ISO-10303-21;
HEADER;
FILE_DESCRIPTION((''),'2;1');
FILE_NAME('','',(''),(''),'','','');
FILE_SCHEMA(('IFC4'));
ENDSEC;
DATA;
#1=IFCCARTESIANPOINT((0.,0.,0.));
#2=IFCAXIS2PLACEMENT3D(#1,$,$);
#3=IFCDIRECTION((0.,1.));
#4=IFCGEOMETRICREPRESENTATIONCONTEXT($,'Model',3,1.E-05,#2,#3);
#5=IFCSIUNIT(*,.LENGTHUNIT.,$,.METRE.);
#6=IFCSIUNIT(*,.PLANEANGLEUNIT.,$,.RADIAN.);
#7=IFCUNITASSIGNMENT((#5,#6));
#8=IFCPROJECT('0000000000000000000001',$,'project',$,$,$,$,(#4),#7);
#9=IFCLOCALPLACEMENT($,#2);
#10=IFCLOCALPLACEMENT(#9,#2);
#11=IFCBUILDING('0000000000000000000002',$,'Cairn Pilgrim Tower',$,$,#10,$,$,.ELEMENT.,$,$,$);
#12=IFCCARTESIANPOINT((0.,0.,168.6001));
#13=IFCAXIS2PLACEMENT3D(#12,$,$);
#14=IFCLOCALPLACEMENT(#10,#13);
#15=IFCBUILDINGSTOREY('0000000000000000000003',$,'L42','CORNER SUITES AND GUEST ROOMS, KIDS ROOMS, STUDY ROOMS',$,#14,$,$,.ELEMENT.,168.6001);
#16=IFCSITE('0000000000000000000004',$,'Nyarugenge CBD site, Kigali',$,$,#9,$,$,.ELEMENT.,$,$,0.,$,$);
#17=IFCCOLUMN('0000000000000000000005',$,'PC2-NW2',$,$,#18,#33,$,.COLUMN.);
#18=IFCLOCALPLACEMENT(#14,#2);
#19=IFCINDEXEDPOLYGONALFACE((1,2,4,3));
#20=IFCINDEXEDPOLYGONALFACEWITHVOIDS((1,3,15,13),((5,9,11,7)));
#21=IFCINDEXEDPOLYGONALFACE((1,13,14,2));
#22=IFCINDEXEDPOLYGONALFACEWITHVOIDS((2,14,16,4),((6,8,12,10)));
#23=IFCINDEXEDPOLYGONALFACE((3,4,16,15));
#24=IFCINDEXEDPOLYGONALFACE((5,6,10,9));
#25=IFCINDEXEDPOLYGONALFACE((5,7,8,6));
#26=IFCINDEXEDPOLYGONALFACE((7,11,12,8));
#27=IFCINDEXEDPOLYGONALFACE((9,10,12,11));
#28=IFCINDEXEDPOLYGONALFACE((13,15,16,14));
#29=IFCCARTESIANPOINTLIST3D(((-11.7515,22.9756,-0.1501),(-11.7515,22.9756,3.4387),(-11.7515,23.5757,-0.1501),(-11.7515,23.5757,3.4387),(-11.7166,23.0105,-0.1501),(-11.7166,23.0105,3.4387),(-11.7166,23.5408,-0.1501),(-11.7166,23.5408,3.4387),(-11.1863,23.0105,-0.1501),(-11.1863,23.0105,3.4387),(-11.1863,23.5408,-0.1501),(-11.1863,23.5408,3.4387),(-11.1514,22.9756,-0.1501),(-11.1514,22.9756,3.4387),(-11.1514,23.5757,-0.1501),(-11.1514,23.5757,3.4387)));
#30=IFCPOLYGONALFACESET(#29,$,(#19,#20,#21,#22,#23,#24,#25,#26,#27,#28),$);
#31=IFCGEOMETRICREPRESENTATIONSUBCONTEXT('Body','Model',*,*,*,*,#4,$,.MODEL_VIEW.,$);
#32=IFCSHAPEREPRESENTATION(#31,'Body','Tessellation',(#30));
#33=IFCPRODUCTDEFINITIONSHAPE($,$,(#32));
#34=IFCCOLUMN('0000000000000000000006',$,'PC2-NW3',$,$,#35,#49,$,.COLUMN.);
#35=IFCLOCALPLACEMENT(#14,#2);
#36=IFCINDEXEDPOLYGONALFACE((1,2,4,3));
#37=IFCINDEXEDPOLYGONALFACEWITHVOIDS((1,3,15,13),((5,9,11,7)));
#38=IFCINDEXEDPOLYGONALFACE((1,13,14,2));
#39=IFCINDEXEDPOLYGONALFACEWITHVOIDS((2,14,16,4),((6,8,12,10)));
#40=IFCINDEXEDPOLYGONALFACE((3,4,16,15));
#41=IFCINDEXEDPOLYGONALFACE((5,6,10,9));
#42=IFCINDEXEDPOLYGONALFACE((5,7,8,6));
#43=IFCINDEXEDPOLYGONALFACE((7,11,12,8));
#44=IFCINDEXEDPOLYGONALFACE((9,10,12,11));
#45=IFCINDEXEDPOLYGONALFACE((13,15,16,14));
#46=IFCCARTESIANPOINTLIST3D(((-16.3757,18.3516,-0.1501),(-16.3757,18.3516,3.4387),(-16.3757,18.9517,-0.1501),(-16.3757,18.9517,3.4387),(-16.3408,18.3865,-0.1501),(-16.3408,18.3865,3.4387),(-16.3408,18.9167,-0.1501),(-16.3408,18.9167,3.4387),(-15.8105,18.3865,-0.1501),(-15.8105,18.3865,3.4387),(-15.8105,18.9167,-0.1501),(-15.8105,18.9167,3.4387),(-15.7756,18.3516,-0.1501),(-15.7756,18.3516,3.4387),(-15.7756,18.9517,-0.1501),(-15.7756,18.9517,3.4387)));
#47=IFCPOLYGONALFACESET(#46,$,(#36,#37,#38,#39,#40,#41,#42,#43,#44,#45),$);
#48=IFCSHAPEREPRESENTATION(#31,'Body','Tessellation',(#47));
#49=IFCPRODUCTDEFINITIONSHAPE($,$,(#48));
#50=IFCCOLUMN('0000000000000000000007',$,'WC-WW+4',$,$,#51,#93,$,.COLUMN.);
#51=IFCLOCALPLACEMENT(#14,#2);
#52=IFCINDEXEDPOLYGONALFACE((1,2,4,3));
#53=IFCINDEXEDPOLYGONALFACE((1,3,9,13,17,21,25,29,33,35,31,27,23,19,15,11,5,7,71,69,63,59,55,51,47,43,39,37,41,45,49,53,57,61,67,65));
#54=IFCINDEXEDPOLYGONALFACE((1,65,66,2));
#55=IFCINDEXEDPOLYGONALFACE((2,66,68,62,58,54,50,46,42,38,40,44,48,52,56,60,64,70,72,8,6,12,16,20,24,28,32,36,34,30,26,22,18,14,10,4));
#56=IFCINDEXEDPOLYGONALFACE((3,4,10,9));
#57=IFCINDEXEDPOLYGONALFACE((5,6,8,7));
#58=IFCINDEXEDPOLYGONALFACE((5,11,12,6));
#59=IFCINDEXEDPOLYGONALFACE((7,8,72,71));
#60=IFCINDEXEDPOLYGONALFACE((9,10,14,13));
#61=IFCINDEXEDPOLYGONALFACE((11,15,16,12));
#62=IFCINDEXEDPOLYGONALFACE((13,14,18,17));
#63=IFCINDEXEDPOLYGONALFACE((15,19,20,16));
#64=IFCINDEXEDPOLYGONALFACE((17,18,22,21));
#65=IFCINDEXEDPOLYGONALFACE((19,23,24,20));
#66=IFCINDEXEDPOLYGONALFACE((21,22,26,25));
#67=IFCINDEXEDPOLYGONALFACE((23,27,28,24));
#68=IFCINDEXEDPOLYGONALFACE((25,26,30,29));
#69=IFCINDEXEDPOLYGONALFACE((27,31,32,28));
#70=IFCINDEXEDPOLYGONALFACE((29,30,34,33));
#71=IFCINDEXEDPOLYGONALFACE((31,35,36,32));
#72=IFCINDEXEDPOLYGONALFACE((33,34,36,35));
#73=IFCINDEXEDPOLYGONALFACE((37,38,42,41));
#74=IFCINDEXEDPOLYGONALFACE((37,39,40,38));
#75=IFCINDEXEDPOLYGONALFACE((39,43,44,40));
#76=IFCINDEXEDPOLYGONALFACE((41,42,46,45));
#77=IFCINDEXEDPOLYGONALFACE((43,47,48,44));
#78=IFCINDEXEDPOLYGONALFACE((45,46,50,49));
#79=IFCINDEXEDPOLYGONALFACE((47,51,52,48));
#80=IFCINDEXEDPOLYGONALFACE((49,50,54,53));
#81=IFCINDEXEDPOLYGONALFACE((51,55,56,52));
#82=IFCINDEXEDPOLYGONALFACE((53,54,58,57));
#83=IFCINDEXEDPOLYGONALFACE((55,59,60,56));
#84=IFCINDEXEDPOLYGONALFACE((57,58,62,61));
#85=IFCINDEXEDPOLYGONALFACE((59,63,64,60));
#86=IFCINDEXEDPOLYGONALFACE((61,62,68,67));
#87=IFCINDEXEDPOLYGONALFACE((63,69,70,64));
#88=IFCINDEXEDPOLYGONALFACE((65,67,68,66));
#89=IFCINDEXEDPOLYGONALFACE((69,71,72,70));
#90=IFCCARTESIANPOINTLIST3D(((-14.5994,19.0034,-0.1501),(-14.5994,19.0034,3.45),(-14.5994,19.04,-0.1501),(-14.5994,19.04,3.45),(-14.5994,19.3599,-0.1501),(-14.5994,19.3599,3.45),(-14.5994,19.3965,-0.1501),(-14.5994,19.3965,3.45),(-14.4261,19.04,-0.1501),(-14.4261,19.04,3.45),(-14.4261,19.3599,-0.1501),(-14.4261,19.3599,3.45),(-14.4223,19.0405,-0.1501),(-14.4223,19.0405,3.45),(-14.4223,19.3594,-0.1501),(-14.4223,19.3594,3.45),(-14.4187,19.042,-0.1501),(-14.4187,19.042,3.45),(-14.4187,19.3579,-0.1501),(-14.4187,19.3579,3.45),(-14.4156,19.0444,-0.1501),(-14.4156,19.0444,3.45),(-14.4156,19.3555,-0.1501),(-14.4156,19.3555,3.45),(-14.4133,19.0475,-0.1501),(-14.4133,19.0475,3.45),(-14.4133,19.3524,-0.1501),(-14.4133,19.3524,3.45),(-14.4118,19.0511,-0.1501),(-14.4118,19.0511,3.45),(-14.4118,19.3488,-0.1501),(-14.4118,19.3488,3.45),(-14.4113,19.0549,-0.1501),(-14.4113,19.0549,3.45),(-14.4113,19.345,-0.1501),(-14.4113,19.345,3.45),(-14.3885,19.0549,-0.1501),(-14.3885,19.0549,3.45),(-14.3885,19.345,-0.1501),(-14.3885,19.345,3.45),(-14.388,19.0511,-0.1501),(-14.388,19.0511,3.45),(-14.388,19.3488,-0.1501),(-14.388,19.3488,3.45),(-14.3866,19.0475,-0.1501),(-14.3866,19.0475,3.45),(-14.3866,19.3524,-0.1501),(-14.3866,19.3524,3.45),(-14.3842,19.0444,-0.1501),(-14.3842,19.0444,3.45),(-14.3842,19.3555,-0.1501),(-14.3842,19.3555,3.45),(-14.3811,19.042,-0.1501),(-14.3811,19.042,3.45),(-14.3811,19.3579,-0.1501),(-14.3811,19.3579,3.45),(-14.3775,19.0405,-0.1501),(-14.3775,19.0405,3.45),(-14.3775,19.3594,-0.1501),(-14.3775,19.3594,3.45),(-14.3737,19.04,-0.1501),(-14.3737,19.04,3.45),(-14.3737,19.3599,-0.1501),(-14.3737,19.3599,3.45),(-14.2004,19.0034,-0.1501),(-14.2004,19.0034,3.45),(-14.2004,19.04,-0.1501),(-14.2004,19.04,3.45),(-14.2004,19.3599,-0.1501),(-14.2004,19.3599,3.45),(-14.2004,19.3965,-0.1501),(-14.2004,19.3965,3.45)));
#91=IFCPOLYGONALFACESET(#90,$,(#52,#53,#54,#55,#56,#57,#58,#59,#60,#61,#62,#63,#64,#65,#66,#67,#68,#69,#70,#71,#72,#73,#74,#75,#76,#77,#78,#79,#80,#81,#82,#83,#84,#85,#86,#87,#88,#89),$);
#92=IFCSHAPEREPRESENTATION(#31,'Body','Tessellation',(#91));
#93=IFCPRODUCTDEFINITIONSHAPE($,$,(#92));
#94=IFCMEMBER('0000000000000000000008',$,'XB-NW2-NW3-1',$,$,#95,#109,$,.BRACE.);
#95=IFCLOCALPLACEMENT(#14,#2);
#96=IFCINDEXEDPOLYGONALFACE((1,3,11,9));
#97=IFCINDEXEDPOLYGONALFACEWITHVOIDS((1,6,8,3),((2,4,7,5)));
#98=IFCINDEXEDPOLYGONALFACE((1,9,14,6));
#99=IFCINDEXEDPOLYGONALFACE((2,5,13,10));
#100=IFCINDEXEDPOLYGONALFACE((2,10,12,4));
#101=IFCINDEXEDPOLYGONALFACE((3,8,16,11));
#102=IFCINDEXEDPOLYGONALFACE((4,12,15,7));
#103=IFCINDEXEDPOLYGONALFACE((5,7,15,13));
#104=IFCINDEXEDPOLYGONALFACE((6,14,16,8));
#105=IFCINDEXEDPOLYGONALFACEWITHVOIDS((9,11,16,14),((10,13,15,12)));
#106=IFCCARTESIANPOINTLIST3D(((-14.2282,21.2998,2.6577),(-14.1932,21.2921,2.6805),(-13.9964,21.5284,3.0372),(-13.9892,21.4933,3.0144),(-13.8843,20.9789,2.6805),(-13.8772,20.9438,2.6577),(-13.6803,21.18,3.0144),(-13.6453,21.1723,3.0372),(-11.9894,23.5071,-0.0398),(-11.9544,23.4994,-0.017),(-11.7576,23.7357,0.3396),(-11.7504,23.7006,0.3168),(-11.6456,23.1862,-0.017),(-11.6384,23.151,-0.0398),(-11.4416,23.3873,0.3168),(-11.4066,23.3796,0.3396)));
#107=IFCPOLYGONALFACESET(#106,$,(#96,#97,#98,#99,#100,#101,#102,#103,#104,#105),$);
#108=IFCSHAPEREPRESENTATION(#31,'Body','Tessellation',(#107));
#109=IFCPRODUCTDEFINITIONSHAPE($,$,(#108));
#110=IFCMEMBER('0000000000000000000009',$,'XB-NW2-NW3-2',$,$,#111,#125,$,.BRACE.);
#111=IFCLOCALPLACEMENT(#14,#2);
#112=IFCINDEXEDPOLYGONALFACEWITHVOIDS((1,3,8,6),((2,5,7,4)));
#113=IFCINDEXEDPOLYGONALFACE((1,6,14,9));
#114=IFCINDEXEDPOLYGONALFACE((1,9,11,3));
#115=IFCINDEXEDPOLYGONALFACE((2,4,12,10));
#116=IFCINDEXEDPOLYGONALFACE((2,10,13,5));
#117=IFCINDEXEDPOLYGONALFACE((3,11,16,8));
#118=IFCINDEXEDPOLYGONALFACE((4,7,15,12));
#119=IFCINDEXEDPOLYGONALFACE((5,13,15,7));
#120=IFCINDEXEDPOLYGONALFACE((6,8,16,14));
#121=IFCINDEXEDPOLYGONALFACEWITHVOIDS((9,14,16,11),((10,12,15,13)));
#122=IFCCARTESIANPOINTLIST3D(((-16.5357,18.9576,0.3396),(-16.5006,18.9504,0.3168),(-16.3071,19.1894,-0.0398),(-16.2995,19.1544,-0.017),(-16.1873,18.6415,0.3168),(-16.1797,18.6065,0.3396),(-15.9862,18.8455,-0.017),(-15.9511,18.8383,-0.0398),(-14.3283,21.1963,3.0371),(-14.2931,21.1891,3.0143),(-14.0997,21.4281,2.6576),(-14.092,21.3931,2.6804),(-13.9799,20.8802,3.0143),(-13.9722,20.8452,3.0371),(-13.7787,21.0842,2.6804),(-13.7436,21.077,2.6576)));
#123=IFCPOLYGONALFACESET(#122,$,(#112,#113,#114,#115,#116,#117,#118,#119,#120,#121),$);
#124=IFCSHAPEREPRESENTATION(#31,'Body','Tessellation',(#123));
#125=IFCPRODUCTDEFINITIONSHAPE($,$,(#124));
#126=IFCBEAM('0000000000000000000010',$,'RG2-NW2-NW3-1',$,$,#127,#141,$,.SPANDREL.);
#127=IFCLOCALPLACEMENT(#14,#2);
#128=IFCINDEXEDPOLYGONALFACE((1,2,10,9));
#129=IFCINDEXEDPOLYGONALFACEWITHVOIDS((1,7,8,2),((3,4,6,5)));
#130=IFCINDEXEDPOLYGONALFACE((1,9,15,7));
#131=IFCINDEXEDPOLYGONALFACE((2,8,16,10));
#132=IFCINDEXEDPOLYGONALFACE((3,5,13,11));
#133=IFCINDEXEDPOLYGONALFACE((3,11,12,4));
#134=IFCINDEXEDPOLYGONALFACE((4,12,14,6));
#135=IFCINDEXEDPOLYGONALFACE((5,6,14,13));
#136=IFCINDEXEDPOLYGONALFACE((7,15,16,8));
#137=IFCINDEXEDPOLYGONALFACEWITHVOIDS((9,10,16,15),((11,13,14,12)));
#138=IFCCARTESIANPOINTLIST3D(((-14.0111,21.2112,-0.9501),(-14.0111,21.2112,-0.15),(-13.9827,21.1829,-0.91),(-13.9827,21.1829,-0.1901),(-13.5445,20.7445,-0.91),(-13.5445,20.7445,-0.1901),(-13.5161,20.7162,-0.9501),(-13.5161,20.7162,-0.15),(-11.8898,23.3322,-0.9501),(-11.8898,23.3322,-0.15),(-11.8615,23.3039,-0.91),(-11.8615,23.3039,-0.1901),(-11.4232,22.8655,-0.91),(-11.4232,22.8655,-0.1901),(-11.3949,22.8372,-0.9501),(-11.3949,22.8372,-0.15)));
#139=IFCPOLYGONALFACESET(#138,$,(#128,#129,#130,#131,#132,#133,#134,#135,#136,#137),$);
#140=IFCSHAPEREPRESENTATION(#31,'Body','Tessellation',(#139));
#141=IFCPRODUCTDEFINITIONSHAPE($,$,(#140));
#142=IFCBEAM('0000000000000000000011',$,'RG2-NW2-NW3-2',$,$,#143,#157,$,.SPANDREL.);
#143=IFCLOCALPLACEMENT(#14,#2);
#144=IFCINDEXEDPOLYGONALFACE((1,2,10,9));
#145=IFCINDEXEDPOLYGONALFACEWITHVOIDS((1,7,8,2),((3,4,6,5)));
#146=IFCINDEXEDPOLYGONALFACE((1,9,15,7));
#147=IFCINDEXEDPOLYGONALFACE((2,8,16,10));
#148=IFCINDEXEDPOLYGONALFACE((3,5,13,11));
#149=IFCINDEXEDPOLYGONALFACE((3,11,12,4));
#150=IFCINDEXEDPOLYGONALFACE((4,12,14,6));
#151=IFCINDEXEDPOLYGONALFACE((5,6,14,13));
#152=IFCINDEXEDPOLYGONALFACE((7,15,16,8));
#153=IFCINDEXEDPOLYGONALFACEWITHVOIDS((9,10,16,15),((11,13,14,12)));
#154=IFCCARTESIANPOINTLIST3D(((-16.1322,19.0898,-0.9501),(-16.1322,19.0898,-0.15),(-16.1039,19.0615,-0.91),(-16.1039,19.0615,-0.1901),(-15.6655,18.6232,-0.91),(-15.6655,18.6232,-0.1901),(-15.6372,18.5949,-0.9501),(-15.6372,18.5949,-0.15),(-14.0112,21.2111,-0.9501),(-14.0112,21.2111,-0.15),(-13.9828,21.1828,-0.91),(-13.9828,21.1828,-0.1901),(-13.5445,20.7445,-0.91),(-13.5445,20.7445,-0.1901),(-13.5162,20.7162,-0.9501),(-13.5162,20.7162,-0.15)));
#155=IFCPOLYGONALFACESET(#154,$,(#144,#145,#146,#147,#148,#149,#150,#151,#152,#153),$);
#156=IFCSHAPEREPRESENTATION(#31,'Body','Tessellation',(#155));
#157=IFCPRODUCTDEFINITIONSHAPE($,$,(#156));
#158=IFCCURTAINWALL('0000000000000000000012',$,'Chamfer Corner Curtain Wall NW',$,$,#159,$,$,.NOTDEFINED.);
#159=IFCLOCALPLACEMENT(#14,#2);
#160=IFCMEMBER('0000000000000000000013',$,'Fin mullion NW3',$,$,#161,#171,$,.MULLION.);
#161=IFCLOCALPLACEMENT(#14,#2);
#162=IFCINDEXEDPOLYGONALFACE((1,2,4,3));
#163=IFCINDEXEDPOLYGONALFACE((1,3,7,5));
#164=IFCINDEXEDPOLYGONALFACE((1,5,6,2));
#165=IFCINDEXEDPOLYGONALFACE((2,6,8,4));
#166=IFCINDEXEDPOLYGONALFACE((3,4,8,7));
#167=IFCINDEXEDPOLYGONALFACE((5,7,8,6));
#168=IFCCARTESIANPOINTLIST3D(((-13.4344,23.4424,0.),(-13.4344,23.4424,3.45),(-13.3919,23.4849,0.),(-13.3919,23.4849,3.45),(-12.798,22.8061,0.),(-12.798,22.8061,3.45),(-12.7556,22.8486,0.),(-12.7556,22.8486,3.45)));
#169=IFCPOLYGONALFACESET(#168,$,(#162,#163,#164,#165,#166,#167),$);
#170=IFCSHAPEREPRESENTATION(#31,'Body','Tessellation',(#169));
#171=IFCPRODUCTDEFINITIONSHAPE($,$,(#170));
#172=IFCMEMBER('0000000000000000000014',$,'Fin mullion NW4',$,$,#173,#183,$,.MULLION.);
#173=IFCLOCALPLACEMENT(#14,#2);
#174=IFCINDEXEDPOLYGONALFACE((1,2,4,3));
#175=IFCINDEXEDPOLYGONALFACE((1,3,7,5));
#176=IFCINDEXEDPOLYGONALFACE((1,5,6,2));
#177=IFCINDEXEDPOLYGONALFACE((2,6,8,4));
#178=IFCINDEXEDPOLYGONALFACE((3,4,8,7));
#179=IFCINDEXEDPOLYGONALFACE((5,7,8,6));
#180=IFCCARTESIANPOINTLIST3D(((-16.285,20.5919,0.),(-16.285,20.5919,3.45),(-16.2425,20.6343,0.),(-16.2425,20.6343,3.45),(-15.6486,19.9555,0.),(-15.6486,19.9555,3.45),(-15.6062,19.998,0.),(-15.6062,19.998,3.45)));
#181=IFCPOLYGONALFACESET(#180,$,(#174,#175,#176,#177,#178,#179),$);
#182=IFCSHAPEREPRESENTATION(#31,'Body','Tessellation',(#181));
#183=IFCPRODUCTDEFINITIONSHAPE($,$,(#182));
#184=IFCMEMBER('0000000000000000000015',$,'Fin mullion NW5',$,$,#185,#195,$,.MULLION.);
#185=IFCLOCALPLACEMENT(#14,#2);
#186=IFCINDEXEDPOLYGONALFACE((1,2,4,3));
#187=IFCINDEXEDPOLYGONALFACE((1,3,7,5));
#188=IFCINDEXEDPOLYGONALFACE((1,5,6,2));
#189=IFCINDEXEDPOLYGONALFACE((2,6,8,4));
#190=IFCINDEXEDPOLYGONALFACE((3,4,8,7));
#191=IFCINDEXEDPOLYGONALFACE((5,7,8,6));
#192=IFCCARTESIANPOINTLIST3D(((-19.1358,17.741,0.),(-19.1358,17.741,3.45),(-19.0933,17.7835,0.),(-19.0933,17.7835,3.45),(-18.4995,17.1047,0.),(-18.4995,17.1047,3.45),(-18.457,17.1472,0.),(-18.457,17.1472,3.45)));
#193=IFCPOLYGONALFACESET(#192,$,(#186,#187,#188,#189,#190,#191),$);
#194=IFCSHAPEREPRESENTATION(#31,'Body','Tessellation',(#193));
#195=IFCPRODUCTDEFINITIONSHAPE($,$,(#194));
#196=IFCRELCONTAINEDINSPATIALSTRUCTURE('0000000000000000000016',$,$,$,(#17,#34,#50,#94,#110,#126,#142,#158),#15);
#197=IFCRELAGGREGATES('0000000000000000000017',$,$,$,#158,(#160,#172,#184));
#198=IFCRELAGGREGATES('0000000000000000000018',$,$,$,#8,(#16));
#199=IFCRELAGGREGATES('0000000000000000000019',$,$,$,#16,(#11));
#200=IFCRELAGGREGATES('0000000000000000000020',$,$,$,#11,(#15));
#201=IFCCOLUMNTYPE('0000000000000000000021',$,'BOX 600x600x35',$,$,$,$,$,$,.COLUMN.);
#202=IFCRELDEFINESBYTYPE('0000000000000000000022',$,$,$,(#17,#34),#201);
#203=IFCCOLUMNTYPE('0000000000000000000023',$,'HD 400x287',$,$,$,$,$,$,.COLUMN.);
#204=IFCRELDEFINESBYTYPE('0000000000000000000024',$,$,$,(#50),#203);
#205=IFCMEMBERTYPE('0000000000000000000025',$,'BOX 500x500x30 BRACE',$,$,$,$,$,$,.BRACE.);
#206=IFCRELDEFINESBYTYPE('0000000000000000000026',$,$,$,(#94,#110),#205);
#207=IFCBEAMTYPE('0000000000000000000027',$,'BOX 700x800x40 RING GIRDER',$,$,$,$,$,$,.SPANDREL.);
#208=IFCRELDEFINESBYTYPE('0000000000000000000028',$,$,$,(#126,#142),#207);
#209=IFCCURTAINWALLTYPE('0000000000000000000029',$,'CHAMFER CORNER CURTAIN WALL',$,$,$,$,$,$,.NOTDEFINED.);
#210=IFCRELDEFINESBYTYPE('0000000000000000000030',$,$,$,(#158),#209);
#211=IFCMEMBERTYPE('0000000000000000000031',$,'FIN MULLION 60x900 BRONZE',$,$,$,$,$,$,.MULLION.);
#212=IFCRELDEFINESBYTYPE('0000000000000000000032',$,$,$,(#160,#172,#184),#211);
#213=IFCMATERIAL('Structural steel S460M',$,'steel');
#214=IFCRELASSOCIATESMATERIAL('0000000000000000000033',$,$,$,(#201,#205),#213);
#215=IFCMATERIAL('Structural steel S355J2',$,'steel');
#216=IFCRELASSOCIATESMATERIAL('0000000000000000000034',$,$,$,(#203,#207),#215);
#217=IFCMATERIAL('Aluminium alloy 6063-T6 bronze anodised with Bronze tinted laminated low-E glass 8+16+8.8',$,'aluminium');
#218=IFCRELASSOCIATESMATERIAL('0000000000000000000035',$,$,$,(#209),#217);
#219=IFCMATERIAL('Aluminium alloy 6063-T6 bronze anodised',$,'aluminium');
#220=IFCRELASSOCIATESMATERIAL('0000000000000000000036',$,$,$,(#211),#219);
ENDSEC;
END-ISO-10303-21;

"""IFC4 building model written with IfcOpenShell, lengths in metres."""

from ifc_helpers import new_model, si_unit, direction, frame, origin, origin_2d, place, context, subcontext, project, spatial, rectangle, hollow_rectangle, i_section, extrude, clip, halfspace, material, material_profile, profile_set, type_object, element, aggregate, save


model = new_model("IFC4")

# Units and contexts
model_context = context("Model", 3, precision=1e-05, world=origin(), true_north=direction((0.0, 1.0)))
body_context = subcontext(model_context, "Body", "Model", "MODEL_VIEW")
ifc_project = project(units=[si_unit("LENGTHUNIT", "METRE"), si_unit("PLANEANGLEUNIT", "RADIAN")], contexts=[model_context])

# Site, building, storey
site_placement = place(None, origin())
site = spatial("IfcSite", under=ifc_project, at=site_placement, Name="Nyarugenge CBD site, Kigali", CompositionType="ELEMENT", RefElevation=0.0)
building_placement = place(site_placement, origin())
building = spatial("IfcBuilding", under=site, at=building_placement, Name="Cairn Pilgrim Tower", CompositionType="ELEMENT")
storey_placement = place(building_placement, frame((0.0, 0.0, 168.6001)))
storey = spatial("IfcBuildingStorey", under=building, at=storey_placement, Name="L42", Description="CORNER SUITES AND GUEST ROOMS, KIDS ROOMS, STUDY ROOMS", CompositionType="ELEMENT", Elevation=168.6001)

# Columns
ifc_material_1 = material(Name="Structural steel S460M", Category="steel")
ifc_material_profile_1 = material_profile(ifc_material_1, hollow_rectangle(XDim=0.6001, YDim=0.6001, WallThickness=0.0349, at=origin_2d()), Name="BOX 600x600x35")
ifc_profile_set_1 = profile_set([ifc_material_profile_1], Name="Structural steel S460M")
column_type_1 = type_object("IfcColumnType", Name="BOX 600x600x35", PredefinedType="COLUMN", material=ifc_profile_set_1)
for number, where, z_axis, x_axis, name in (
    (1, (-11.4514, 23.2756, -0.1501), (0.0, 0.0, 1.0), (1.0, 0.0, 0.0), "PC2-NW2"),
    (2, (-16.0757, 18.6516, -0.1501), (0.0, 0.0, 1.0), (1.0, 0.0, 0.0), "PC2-NW3"),
):
    element("IfcColumn", number, at=place(storey_placement, frame(where, z_axis=z_axis, x_axis=x_axis)), inside=storey, type_object=column_type_1, Name=name, PredefinedType="COLUMN", context=body_context, shape_type="Clipping", body=[
        clip(extrude(hollow_rectangle(XDim=0.6001, YDim=0.6001, WallThickness=0.0349, at=origin_2d()), origin(), (0.0, 0.0, 1.0), 3.6001), halfspace(frame((0.0, 0.0, 3.5889), z_axis=(0.0, 0.0, 1.0), x_axis=(1.0, 0.0, 0.0)), False)),
    ])
ifc_material_2 = material(Name="Structural steel S355J2", Category="steel")
ifc_material_profile_2 = material_profile(ifc_material_2, i_section(OverallWidth=0.3989, OverallDepth=0.3931, WebThickness=0.0227, FlangeThickness=0.0366, FilletRadius=0.0149, at=origin_2d()), Name="HD 400x287")
ifc_profile_set_2 = profile_set([ifc_material_profile_2], Name="Structural steel S355J2")
column_type_2 = type_object("IfcColumnType", Name="HD 400x287", PredefinedType="COLUMN", material=ifc_profile_set_2)
column_placement = place(storey_placement, frame((-14.3999, 19.2, -0.1501), z_axis=(0.0, 0.0, 1.0), x_axis=(1.0, 0.0, 0.0)))
element("IfcColumn", 3, at=column_placement, inside=storey, type_object=column_type_2, Name="WC-WW+4", PredefinedType="COLUMN", context=body_context, shape_type="SweptSolid", body=[
    extrude(i_section(OverallWidth=0.3989, OverallDepth=0.3931, WebThickness=0.0227, FlangeThickness=0.0366, FilletRadius=0.0149, at=origin_2d()), origin(), (0.0, 0.0, 1.0), 3.6001),
])

# Members
ifc_material_profile_3 = material_profile(ifc_material_1, hollow_rectangle(XDim=0.5, YDim=0.5, WallThickness=0.03, at=origin_2d()), Name="BOX 500x500x30")
ifc_profile_set_3 = profile_set([ifc_material_profile_3], Name="Structural steel S460M")
member_type_1 = type_object("IfcMemberType", Name="BOX 500x500x30 BRACE", PredefinedType="BRACE", material=ifc_profile_set_3)
for number, where, z_axis, x_axis, name in (
    (4, (-11.698, 23.4434, 0.1499), (-0.540433, -0.53283, 0.651171), (0.70208, -0.712098, 0.0), "XB-NW2-NW3-1"),
    (5, (-16.2434, 18.8979, 0.1499), (0.532872, 0.540416, 0.651151), (-0.712059, 0.70212, 0.0), "XB-NW2-NW3-2"),
):
    element("IfcMember", number, at=place(storey_placement, frame(where, z_axis=z_axis, x_axis=x_axis)), inside=storey, type_object=member_type_1, Name=name, PredefinedType="BRACE", context=body_context, shape_type="SweptSolid", body=[
        extrude(hollow_rectangle(XDim=0.5, YDim=0.5, WallThickness=0.03, at=origin_2d()), origin(), (0.0, 0.0, 1.0), 4.1426),
    ])

# Beams
ifc_material_profile_4 = material_profile(ifc_material_2, hollow_rectangle(XDim=0.7, YDim=0.8, WallThickness=0.04, at=origin_2d()), Name="BOX 700x800x40")
ifc_profile_set_4 = profile_set([ifc_material_profile_4], Name="Structural steel S355J2")
beam_type_1 = type_object("IfcBeamType", Name="BOX 700x800x40 RING GIRDER", PredefinedType="SPANDREL", material=ifc_profile_set_4)
for number, where, z_axis, x_axis, name in (
    (6, (-11.6423, 23.0847, -0.55), (-0.707147, -0.707066, 0.0), (0.707066, -0.707147, 0.0), "RG2-NW2-NW3-1"),
    (7, (-13.7637, 20.9636, -0.55), (-0.707066, -0.707147, 0.0), (0.707147, -0.707066, 0.0), "RG2-NW2-NW3-2"),
):
    element("IfcBeam", number, at=place(storey_placement, frame(where, z_axis=z_axis, x_axis=x_axis)), inside=storey, type_object=beam_type_1, Name=name, PredefinedType="SPANDREL", context=body_context, shape_type="SweptSolid", body=[
        extrude(hollow_rectangle(XDim=0.7, YDim=0.8, WallThickness=0.04, at=origin_2d()), origin(), (0.0, 0.0, 1.0), 2.9998),
    ])

# Curtain wall, members
ifc_material_3 = material(Name="Aluminium alloy 6063-T6 bronze anodised with Bronze tinted laminated low-E glass 8+16+8.8", Category="aluminium")
curtain_wall_type = type_object("IfcCurtainWallType", Name="CHAMFER CORNER CURTAIN WALL", PredefinedType="NOTDEFINED", material=ifc_material_3)
curtain_wall_placement = place(storey_placement, origin())
curtain_wall = element("IfcCurtainWall", 8, at=curtain_wall_placement, inside=storey, type_object=curtain_wall_type, Name="Chamfer Corner Curtain Wall NW", PredefinedType="NOTDEFINED")
ifc_material_4 = material(Name="Aluminium alloy 6063-T6 bronze anodised", Category="aluminium")
ifc_material_profile_5 = material_profile(ifc_material_4, rectangle(XDim=0.8999, YDim=0.0601, at=origin_2d()), Name="FIN MULLION 60x900 BRONZE")
ifc_profile_set_5 = profile_set([ifc_material_profile_5], Name="Aluminium alloy 6063-T6 bronze anodised")
member_type_2 = type_object("IfcMemberType", Name="FIN MULLION 60x900 BRONZE", PredefinedType="MULLION", material=ifc_profile_set_5)
member_1_placement = place(storey_placement, frame((-13.095, 23.1455, 0.0), z_axis=(0.0, 0.0, 1.0), x_axis=(-0.707107, 0.707107, 0.0)))
member_1 = element("IfcMember", 9, at=member_1_placement, type_object=member_type_2, Name="Fin mullion NW3", PredefinedType="MULLION", context=body_context, shape_type="SweptSolid", body=[
    extrude(rectangle(XDim=0.8999, YDim=0.0601, at=origin_2d()), origin(), (0.0, 0.0, 1.0), 3.45),
])
member_2_placement = place(storey_placement, frame((-15.9456, 20.2949, 0.0), z_axis=(0.0, 0.0, 1.0), x_axis=(-0.707107, 0.707107, 0.0)))
member_2 = element("IfcMember", 10, at=member_2_placement, type_object=member_type_2, Name="Fin mullion NW4", PredefinedType="MULLION", context=body_context, shape_type="SweptSolid", body=[
    extrude(rectangle(XDim=0.8999, YDim=0.0601, at=origin_2d()), origin(), (0.0, 0.0, 1.0), 3.45),
])
member_3_placement = place(storey_placement, frame((-18.7964, 17.4441, 0.0), z_axis=(0.0, 0.0, 1.0), x_axis=(-0.707107, 0.707107, 0.0)))
member_3 = element("IfcMember", 11, at=member_3_placement, type_object=member_type_2, Name="Fin mullion NW5", PredefinedType="MULLION", context=body_context, shape_type="SweptSolid", body=[
    extrude(rectangle(XDim=0.8999, YDim=0.0601, at=origin_2d()), origin(), (0.0, 0.0, 1.0), 3.45),
])

aggregate(curtain_wall, [member_1, member_2, member_3])

save(model, "model.ifc")
